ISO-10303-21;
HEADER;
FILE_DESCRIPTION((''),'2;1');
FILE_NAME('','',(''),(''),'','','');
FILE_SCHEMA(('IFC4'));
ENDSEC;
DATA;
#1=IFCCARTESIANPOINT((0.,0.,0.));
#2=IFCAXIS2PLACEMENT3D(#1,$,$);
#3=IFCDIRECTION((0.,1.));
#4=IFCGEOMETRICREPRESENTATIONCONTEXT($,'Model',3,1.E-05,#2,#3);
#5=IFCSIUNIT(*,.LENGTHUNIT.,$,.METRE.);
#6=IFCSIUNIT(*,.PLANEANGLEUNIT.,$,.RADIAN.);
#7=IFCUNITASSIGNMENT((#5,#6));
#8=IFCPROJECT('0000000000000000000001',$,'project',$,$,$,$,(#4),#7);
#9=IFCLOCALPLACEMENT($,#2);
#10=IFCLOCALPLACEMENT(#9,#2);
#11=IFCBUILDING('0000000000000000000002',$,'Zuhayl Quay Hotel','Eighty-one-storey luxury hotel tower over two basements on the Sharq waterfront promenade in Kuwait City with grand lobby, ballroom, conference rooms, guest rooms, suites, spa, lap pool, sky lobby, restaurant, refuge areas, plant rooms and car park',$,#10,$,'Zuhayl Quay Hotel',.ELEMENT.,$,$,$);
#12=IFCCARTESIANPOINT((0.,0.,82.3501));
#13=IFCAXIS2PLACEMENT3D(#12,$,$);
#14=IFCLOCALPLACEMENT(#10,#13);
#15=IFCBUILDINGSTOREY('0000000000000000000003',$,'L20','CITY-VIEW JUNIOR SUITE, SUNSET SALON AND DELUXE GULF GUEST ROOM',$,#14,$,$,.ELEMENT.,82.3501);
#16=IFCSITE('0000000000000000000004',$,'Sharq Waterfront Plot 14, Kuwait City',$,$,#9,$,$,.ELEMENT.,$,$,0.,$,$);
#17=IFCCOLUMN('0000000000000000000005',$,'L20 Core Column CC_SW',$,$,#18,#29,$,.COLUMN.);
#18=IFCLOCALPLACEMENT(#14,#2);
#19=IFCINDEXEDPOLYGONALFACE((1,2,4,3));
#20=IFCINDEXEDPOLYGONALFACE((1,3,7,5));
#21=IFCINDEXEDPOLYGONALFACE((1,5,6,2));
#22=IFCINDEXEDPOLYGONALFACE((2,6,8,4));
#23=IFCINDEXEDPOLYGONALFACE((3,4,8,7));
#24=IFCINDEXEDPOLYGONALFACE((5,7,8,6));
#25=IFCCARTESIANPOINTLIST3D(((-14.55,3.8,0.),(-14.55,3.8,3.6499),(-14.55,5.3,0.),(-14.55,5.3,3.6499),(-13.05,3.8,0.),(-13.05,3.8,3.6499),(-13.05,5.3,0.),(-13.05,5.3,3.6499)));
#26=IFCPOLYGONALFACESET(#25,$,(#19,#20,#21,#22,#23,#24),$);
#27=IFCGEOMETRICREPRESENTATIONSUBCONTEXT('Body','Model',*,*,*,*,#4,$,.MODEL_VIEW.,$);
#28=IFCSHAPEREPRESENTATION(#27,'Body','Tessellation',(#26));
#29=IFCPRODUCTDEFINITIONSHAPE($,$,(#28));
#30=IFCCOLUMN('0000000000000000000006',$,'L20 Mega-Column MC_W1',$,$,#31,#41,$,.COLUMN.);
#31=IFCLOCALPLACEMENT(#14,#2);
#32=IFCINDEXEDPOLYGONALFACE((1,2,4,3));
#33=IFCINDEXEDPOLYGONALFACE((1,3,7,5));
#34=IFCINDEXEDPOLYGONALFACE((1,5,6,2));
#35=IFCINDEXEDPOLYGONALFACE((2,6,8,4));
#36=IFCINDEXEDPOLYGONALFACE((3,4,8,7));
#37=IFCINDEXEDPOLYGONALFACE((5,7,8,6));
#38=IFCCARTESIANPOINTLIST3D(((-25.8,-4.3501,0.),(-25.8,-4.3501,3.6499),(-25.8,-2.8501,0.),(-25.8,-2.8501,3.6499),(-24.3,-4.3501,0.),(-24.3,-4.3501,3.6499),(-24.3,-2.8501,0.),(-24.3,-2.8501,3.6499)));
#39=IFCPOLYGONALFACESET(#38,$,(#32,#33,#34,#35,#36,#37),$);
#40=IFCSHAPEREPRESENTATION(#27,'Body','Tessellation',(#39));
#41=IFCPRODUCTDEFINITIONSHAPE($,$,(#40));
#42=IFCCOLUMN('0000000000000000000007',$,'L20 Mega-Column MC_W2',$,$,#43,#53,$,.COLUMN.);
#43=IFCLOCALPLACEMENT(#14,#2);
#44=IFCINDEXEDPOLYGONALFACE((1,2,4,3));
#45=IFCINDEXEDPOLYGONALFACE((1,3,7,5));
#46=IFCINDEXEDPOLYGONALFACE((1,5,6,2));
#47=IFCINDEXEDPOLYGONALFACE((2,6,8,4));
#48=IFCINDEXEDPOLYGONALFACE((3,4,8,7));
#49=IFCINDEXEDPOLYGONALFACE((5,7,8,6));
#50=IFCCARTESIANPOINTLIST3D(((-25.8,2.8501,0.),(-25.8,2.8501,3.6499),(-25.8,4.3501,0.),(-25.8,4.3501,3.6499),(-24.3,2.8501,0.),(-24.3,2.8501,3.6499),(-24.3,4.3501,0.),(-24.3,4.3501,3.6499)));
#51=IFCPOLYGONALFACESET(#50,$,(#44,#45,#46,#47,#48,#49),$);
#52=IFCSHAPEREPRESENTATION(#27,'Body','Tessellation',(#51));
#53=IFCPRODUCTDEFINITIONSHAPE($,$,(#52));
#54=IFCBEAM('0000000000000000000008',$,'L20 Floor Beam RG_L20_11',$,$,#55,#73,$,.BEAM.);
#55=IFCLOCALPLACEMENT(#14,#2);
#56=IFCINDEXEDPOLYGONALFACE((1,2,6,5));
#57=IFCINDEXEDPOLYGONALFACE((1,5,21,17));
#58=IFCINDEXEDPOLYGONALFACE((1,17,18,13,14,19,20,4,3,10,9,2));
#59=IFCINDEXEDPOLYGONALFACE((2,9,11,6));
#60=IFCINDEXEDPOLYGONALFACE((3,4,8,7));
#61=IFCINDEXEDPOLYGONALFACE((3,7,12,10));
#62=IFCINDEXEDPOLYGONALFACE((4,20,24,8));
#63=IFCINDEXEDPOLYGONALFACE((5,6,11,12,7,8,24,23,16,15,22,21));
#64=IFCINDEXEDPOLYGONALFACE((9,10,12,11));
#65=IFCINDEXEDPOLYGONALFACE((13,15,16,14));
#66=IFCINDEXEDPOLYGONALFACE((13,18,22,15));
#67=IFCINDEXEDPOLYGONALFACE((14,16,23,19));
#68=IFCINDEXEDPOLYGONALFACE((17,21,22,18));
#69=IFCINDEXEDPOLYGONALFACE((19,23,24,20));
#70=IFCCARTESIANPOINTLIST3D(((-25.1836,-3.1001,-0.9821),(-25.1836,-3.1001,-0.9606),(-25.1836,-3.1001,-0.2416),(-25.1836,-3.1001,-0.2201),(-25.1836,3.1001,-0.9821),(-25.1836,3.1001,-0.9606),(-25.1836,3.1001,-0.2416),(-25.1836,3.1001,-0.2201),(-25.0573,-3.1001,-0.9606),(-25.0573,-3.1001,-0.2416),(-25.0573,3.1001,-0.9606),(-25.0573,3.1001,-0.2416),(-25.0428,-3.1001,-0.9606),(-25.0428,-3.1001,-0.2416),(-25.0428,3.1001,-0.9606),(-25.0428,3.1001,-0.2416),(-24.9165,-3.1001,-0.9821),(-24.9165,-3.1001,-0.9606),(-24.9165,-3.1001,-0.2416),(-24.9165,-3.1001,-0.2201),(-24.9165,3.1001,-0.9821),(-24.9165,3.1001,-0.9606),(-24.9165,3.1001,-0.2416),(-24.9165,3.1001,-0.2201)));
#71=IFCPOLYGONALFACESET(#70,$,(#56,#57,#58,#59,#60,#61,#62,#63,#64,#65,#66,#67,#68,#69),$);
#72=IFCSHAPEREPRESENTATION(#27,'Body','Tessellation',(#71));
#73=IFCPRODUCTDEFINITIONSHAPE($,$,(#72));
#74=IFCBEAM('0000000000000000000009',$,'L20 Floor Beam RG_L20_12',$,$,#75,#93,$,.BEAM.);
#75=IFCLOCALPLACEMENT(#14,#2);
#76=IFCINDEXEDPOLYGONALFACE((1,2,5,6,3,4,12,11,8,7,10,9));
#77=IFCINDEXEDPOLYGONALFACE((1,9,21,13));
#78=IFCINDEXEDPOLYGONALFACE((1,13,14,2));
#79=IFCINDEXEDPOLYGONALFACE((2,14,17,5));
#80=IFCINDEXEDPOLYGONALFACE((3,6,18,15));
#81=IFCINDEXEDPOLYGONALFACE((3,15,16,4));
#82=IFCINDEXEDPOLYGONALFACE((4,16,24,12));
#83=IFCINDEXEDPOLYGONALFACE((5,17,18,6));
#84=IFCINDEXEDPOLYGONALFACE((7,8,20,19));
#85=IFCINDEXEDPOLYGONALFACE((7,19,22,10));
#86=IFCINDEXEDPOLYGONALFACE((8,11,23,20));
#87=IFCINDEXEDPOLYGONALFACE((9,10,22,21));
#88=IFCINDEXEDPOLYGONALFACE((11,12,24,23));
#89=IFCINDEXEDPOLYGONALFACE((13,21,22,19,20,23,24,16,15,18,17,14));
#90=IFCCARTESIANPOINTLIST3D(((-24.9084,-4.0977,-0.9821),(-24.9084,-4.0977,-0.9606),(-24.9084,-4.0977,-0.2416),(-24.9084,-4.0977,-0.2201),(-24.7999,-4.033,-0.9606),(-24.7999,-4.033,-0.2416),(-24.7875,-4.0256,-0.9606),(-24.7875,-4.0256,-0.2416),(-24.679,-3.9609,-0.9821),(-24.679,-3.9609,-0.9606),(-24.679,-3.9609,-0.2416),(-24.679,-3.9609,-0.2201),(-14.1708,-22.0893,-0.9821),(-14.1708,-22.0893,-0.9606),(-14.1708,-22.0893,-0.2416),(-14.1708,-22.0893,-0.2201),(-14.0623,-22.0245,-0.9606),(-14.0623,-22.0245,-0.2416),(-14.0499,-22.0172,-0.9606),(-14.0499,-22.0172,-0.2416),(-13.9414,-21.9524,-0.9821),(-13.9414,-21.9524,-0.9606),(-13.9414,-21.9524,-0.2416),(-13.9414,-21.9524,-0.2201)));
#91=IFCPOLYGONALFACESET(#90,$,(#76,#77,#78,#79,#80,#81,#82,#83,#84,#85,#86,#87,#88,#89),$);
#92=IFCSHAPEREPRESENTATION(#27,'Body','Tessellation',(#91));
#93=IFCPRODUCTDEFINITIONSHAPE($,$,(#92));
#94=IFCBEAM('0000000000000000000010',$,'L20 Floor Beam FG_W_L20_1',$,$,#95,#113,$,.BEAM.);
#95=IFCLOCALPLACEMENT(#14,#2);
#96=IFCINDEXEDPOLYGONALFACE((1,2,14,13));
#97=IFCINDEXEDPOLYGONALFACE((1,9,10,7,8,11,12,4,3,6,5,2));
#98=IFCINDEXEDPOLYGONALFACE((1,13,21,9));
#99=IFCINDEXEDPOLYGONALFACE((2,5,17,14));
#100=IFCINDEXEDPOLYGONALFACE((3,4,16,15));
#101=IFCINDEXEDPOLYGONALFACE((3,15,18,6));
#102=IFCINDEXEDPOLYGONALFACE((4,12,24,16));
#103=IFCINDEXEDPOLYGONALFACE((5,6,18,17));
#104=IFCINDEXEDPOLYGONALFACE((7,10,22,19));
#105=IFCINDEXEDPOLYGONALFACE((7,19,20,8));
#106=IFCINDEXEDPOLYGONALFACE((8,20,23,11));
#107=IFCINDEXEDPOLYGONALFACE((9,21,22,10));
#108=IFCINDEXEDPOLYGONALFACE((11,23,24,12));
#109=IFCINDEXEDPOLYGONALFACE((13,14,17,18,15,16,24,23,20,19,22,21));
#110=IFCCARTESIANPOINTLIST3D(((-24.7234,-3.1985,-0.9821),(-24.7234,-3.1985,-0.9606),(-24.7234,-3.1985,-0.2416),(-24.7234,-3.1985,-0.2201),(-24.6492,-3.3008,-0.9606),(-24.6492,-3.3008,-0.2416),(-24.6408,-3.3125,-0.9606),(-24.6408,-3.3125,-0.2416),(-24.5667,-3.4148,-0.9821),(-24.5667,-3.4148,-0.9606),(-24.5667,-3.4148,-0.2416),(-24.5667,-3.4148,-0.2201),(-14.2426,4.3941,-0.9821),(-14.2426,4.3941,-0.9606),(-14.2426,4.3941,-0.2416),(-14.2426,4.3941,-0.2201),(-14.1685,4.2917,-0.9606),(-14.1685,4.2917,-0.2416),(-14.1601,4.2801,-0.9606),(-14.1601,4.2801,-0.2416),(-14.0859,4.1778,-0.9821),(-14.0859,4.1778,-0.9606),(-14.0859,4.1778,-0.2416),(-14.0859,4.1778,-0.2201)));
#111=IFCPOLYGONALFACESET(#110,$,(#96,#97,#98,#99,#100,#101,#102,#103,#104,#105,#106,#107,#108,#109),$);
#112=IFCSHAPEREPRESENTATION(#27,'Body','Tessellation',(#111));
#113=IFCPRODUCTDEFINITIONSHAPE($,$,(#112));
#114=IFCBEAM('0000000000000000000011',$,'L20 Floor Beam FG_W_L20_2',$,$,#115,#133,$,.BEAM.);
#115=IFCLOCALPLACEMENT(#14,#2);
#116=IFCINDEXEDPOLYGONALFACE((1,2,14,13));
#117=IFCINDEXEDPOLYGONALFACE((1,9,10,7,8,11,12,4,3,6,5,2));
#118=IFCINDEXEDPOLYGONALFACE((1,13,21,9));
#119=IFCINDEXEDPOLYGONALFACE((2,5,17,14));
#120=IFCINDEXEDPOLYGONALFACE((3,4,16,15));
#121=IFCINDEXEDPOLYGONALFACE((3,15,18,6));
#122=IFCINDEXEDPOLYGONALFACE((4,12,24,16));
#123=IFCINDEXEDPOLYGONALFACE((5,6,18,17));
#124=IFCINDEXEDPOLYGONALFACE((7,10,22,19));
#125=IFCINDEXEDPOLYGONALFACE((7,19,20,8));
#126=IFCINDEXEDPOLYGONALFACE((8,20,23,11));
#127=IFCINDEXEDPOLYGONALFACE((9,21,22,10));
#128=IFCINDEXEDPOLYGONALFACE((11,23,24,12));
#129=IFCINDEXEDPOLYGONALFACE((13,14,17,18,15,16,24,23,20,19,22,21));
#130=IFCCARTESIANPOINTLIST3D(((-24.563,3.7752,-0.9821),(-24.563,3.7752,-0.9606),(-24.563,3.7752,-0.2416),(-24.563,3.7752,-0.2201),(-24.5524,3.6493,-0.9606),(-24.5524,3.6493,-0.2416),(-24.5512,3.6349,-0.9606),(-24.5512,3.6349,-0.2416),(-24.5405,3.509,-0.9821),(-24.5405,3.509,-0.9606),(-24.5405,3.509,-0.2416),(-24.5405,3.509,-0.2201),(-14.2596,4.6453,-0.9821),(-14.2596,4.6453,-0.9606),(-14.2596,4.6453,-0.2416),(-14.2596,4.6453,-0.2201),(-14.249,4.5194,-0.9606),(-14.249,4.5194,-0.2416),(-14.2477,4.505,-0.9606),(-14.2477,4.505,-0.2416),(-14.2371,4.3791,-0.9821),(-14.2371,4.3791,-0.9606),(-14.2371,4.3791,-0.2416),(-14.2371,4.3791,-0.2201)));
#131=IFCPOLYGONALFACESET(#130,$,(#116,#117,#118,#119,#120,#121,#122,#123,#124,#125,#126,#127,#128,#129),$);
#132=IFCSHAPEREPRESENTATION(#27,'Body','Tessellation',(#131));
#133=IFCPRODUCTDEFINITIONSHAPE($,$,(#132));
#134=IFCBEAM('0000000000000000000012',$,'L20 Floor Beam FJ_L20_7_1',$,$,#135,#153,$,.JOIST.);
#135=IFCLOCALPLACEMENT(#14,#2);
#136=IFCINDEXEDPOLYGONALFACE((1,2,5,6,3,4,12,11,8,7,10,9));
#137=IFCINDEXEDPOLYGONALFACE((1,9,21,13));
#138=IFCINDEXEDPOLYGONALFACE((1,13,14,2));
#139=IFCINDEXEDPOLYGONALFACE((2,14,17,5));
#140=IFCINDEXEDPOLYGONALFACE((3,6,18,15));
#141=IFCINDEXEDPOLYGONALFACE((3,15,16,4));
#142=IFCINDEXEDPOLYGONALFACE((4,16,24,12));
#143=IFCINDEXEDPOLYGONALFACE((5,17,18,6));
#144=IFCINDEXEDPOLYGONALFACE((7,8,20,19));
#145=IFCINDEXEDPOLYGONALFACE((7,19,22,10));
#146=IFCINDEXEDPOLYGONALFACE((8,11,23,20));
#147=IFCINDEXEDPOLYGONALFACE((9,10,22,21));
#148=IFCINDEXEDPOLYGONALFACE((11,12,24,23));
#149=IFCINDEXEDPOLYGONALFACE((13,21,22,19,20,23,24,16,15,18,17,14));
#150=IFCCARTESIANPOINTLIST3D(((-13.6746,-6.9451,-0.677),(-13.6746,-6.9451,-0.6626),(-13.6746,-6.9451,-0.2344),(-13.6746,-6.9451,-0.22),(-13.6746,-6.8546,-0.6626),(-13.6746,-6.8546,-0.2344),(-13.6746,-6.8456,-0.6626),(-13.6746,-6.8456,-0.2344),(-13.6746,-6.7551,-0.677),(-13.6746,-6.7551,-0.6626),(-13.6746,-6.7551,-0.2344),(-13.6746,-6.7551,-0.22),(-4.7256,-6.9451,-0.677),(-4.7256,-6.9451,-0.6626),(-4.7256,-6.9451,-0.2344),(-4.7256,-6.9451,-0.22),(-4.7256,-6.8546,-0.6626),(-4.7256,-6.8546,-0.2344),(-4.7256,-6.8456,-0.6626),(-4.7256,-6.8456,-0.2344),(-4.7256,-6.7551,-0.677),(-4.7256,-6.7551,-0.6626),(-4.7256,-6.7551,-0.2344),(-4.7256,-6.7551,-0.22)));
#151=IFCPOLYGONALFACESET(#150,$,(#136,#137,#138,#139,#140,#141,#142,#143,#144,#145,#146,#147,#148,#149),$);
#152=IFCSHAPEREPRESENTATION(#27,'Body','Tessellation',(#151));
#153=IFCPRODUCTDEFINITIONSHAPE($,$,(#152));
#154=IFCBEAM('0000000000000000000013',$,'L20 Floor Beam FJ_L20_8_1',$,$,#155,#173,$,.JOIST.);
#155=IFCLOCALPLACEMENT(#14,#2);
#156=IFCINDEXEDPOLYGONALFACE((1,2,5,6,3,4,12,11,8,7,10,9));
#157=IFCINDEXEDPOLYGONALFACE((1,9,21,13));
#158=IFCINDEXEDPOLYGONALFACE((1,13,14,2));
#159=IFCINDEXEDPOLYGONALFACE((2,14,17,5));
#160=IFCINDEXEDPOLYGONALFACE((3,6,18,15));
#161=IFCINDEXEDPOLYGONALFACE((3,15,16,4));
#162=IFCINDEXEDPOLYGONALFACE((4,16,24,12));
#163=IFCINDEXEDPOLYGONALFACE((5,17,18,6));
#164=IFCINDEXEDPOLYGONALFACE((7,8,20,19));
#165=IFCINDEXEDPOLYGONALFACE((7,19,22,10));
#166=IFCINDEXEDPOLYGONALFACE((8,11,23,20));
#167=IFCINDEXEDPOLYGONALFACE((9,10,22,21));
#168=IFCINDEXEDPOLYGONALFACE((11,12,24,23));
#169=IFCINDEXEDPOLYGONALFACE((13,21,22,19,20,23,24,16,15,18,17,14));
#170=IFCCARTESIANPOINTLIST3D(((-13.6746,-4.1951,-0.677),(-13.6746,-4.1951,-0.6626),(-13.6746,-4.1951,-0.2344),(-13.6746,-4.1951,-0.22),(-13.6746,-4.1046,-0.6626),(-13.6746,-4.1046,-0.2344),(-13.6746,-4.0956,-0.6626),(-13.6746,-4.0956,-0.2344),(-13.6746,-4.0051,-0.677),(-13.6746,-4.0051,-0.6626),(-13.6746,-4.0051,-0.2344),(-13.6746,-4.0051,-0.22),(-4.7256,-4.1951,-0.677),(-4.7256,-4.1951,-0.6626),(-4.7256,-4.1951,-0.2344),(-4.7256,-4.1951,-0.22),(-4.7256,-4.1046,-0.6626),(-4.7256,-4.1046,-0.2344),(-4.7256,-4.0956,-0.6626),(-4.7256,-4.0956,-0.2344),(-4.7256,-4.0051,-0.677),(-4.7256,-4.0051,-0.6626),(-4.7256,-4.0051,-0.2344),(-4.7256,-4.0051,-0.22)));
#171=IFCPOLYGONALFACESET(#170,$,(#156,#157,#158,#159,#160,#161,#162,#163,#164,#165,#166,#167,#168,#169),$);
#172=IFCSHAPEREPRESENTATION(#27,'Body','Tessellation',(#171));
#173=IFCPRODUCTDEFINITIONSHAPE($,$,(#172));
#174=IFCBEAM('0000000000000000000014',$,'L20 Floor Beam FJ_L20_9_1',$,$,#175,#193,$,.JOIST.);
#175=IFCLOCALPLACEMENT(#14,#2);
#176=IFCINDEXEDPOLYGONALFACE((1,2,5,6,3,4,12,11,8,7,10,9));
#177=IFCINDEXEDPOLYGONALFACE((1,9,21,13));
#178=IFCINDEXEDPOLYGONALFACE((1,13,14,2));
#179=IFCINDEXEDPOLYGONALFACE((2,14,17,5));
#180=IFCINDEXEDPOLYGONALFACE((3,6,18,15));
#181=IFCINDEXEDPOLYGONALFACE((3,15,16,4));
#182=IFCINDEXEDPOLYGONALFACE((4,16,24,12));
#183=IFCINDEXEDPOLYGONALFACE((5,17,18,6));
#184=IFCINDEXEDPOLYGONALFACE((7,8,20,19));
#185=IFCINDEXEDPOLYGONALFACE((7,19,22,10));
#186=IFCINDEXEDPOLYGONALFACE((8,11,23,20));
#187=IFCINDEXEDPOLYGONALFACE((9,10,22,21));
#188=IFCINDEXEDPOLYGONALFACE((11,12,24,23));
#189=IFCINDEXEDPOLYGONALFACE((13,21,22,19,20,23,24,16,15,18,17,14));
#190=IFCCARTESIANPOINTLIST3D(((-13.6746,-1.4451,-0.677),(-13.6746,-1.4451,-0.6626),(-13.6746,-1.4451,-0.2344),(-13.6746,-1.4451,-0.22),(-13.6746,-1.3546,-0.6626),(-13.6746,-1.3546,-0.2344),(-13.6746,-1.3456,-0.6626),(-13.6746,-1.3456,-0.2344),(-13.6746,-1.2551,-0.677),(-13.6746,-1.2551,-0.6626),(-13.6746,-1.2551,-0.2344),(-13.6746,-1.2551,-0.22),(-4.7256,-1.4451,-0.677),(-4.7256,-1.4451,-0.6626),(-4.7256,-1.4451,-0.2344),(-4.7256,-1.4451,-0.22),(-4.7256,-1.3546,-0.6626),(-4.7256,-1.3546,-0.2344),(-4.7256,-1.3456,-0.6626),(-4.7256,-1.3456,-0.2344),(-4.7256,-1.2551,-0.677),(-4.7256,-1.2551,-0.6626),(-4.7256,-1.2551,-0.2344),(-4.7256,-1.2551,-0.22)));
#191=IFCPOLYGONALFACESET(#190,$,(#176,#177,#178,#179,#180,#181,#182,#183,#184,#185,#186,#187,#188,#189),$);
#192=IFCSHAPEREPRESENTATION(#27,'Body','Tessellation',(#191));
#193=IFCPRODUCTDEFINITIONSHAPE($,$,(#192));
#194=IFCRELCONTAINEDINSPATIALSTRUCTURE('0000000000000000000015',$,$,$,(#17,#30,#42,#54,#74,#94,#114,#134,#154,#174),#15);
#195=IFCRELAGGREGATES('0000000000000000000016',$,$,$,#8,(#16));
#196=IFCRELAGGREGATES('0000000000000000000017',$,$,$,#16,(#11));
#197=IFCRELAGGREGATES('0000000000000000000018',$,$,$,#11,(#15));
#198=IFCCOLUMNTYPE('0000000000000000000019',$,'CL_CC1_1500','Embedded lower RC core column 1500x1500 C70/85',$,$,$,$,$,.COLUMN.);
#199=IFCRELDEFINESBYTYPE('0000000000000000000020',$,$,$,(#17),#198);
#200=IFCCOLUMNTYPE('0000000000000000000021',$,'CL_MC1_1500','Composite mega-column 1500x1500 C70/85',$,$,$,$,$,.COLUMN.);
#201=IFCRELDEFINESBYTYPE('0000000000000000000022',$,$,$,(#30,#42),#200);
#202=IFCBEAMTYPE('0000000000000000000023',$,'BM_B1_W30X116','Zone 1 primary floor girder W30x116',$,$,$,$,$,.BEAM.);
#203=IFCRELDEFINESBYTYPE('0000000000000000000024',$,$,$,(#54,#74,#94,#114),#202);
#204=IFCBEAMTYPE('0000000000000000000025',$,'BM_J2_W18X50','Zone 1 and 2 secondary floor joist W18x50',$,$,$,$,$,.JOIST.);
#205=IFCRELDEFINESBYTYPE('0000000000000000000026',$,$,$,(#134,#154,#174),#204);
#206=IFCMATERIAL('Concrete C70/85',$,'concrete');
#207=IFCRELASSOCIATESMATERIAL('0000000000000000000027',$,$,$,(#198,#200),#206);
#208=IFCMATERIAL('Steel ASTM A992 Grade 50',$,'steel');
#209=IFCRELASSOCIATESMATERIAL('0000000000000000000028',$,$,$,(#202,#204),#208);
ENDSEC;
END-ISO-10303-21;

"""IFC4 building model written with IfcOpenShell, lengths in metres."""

from ifc_helpers import new_model, si_unit, direction, frame, origin, origin_2d, place, context, subcontext, project, spatial, rectangle, i_section, extrude, material, material_profile, profile_set, type_object, element, save


model = new_model("IFC4")

# Units and contexts
model_context = context("Model", 3, precision=1e-05, world=origin(), true_north=direction((0.0, 1.0)))
body_context = subcontext(model_context, "Body", "Model", "MODEL_VIEW")
ifc_project = project(units=[si_unit("LENGTHUNIT", "METRE"), si_unit("PLANEANGLEUNIT", "RADIAN")], contexts=[model_context])

# Site, building, storey
site_placement = place(None, origin())
site = spatial("IfcSite", under=ifc_project, at=site_placement, Name="Sharq Waterfront Plot 14, Kuwait City", CompositionType="ELEMENT", RefElevation=0.0)
building_placement = place(site_placement, origin())
building = spatial("IfcBuilding", under=site, at=building_placement, Name="Zuhayl Quay Hotel", Description="Eighty-one-storey luxury hotel tower over two basements on the Sharq waterfront promenade in Kuwait City with grand lobby, ballroom, conference rooms, guest rooms, suites, spa, lap pool, sky lobby, restaurant, refuge areas, plant rooms and car park", LongName="Zuhayl Quay Hotel", CompositionType="ELEMENT")
storey_placement = place(building_placement, frame((0.0, 0.0, 82.3501)))
storey = spatial("IfcBuildingStorey", under=building, at=storey_placement, Name="L20", Description="CITY-VIEW JUNIOR SUITE, SUNSET SALON AND DELUXE GULF GUEST ROOM", CompositionType="ELEMENT", Elevation=82.3501)

# Columns
ifc_material_1 = material(Name="Concrete C70/85", Category="concrete")
ifc_material_profile_1 = material_profile(ifc_material_1, rectangle(XDim=1.5, YDim=1.5, at=origin_2d()), Name="RC1500X1500")
ifc_profile_set_1 = profile_set([ifc_material_profile_1], Name="Concrete C70/85")
column_type_1 = type_object("IfcColumnType", Name="CL_CC1_1500", Description="Embedded lower RC core column 1500x1500 C70/85", PredefinedType="COLUMN", material=ifc_profile_set_1)
column_placement = place(storey_placement, frame((-13.8, 4.55, 0.0), z_axis=(0.0, 0.0, 1.0), x_axis=(1.0, 0.0, 0.0)))
element("IfcColumn", 1, at=column_placement, inside=storey, type_object=column_type_1, Name="L20 Core Column CC_SW", PredefinedType="COLUMN", context=body_context, shape_type="SweptSolid", body=[
    extrude(rectangle(XDim=1.5, YDim=1.5, at=origin_2d()), origin(), (0.0, 0.0, 1.0), 3.6499),
])
ifc_material_profile_2 = material_profile(ifc_material_1, rectangle(XDim=1.5, YDim=1.5, at=origin_2d()), Name="RC1500X1500")
ifc_profile_set_2 = profile_set([ifc_material_profile_2], Name="Concrete C70/85")
column_type_2 = type_object("IfcColumnType", Name="CL_MC1_1500", Description="Composite mega-column 1500x1500 C70/85", PredefinedType="COLUMN", material=ifc_profile_set_2)
for number, where, z_axis, x_axis, name in (
    (2, (-25.05, -3.6001, 0.0), (0.0, 0.0, 1.0), (1.0, 0.0, 0.0), "L20 Mega-Column MC_W1"),
    (3, (-25.05, 3.6001, 0.0), (0.0, 0.0, 1.0), (1.0, 0.0, 0.0), "L20 Mega-Column MC_W2"),
):
    element("IfcColumn", number, at=place(storey_placement, frame(where, z_axis=z_axis, x_axis=x_axis)), inside=storey, type_object=column_type_2, Name=name, PredefinedType="COLUMN", context=body_context, shape_type="SweptSolid", body=[
        extrude(rectangle(XDim=1.5, YDim=1.5, at=origin_2d()), origin(), (0.0, 0.0, 1.0), 3.6499),
    ])

# Beams
ifc_material_2 = material(Name="Steel ASTM A992 Grade 50", Category="steel")
ifc_material_profile_3 = material_profile(ifc_material_2, i_section(OverallWidth=0.2671, OverallDepth=0.762, WebThickness=0.0144, FlangeThickness=0.0215, at=origin_2d()), Name="W30X116")
ifc_profile_set_3 = profile_set([ifc_material_profile_3], Name="Steel ASTM A992 Grade 50")
beam_type_1 = type_object("IfcBeamType", Name="BM_B1_W30X116", Description="Zone 1 primary floor girder W30x116", PredefinedType="BEAM", material=ifc_profile_set_3)
beam_1_placement = place(storey_placement, frame((-25.05, 3.1001, -0.6011), z_axis=(0.0, -1.0, 0.0), x_axis=(1.0, 0.0, 0.0)))
element("IfcBeam", 4, at=beam_1_placement, inside=storey, type_object=beam_type_1, Name="L20 Floor Beam RG_L20_11", PredefinedType="BEAM", context=body_context, shape_type="SweptSolid", body=[
    extrude(i_section(OverallWidth=0.2671, OverallDepth=0.762, WebThickness=0.0144, FlangeThickness=0.0215, at=origin_2d()), origin(), (0.0, 0.0, 1.0), 6.2002),
])
beam_2_placement = place(storey_placement, frame((-24.7937, -4.0293, -0.6011), z_axis=(0.512483, -0.858698, 0.0), x_axis=(0.858698, 0.512483, 0.0)))
element("IfcBeam", 5, at=beam_2_placement, inside=storey, type_object=beam_type_1, Name="L20 Floor Beam RG_L20_12", PredefinedType="BEAM", context=body_context, shape_type="SweptSolid", body=[
    extrude(i_section(OverallWidth=0.2671, OverallDepth=0.762, WebThickness=0.0144, FlangeThickness=0.0215, at=origin_2d()), origin(), (0.0, 0.0, 1.0), 20.9521),
])
beam_3_placement = place(storey_placement, frame((-24.645, -3.3066, -0.6011), z_axis=(0.80983, 0.586664, 0.0), x_axis=(-0.586664, 0.80983, 0.0)))
element("IfcBeam", 6, at=beam_3_placement, inside=storey, type_object=beam_type_1, Name="L20 Floor Beam FG_W_L20_1", PredefinedType="BEAM", context=body_context, shape_type="SweptSolid", body=[
    extrude(i_section(OverallWidth=0.2671, OverallDepth=0.762, WebThickness=0.0144, FlangeThickness=0.0215, at=origin_2d()), origin(), (0.0, 0.0, 1.0), 12.9419),
])
beam_4_placement = place(storey_placement, frame((-24.5518, 3.6421, -0.6011), z_axis=(0.996453, 0.084149, 0.0), x_axis=(-0.084149, 0.996453, 0.0)))
element("IfcBeam", 7, at=beam_4_placement, inside=storey, type_object=beam_type_1, Name="L20 Floor Beam FG_W_L20_2", PredefinedType="BEAM", context=body_context, shape_type="SweptSolid", body=[
    extrude(i_section(OverallWidth=0.2671, OverallDepth=0.762, WebThickness=0.0144, FlangeThickness=0.0215, at=origin_2d()), origin(), (0.0, 0.0, 1.0), 10.3401),
])
ifc_material_profile_4 = material_profile(ifc_material_2, i_section(OverallWidth=0.1899, OverallDepth=0.457, WebThickness=0.009, FlangeThickness=0.0144, at=origin_2d()), Name="W18X50")
ifc_profile_set_4 = profile_set([ifc_material_profile_4], Name="Steel ASTM A992 Grade 50")
beam_type_2 = type_object("IfcBeamType", Name="BM_J2_W18X50", Description="Zone 1 and 2 secondary floor joist W18x50", PredefinedType="JOIST", material=ifc_profile_set_4)
for number, where, z_axis, x_axis, name in (
    (8, (-13.6746, -6.8501, -0.4485), (1.0, 0.0, 0.0), (0.0, 1.0, 0.0), "L20 Floor Beam FJ_L20_7_1"),
    (9, (-13.6746, -4.1001, -0.4485), (1.0, 0.0, 0.0), (0.0, 1.0, 0.0), "L20 Floor Beam FJ_L20_8_1"),
    (10, (-13.6746, -1.3501, -0.4485), (1.0, 0.0, 0.0), (0.0, 1.0, 0.0), "L20 Floor Beam FJ_L20_9_1"),
):
    element("IfcBeam", number, at=place(storey_placement, frame(where, z_axis=z_axis, x_axis=x_axis)), inside=storey, type_object=beam_type_2, Name=name, PredefinedType="JOIST", context=body_context, shape_type="SweptSolid", body=[
        extrude(i_section(OverallWidth=0.1899, OverallDepth=0.457, WebThickness=0.009, FlangeThickness=0.0144, at=origin_2d()), origin(), (0.0, 0.0, 1.0), 8.949),
    ])

save(model, "model.ifc")
